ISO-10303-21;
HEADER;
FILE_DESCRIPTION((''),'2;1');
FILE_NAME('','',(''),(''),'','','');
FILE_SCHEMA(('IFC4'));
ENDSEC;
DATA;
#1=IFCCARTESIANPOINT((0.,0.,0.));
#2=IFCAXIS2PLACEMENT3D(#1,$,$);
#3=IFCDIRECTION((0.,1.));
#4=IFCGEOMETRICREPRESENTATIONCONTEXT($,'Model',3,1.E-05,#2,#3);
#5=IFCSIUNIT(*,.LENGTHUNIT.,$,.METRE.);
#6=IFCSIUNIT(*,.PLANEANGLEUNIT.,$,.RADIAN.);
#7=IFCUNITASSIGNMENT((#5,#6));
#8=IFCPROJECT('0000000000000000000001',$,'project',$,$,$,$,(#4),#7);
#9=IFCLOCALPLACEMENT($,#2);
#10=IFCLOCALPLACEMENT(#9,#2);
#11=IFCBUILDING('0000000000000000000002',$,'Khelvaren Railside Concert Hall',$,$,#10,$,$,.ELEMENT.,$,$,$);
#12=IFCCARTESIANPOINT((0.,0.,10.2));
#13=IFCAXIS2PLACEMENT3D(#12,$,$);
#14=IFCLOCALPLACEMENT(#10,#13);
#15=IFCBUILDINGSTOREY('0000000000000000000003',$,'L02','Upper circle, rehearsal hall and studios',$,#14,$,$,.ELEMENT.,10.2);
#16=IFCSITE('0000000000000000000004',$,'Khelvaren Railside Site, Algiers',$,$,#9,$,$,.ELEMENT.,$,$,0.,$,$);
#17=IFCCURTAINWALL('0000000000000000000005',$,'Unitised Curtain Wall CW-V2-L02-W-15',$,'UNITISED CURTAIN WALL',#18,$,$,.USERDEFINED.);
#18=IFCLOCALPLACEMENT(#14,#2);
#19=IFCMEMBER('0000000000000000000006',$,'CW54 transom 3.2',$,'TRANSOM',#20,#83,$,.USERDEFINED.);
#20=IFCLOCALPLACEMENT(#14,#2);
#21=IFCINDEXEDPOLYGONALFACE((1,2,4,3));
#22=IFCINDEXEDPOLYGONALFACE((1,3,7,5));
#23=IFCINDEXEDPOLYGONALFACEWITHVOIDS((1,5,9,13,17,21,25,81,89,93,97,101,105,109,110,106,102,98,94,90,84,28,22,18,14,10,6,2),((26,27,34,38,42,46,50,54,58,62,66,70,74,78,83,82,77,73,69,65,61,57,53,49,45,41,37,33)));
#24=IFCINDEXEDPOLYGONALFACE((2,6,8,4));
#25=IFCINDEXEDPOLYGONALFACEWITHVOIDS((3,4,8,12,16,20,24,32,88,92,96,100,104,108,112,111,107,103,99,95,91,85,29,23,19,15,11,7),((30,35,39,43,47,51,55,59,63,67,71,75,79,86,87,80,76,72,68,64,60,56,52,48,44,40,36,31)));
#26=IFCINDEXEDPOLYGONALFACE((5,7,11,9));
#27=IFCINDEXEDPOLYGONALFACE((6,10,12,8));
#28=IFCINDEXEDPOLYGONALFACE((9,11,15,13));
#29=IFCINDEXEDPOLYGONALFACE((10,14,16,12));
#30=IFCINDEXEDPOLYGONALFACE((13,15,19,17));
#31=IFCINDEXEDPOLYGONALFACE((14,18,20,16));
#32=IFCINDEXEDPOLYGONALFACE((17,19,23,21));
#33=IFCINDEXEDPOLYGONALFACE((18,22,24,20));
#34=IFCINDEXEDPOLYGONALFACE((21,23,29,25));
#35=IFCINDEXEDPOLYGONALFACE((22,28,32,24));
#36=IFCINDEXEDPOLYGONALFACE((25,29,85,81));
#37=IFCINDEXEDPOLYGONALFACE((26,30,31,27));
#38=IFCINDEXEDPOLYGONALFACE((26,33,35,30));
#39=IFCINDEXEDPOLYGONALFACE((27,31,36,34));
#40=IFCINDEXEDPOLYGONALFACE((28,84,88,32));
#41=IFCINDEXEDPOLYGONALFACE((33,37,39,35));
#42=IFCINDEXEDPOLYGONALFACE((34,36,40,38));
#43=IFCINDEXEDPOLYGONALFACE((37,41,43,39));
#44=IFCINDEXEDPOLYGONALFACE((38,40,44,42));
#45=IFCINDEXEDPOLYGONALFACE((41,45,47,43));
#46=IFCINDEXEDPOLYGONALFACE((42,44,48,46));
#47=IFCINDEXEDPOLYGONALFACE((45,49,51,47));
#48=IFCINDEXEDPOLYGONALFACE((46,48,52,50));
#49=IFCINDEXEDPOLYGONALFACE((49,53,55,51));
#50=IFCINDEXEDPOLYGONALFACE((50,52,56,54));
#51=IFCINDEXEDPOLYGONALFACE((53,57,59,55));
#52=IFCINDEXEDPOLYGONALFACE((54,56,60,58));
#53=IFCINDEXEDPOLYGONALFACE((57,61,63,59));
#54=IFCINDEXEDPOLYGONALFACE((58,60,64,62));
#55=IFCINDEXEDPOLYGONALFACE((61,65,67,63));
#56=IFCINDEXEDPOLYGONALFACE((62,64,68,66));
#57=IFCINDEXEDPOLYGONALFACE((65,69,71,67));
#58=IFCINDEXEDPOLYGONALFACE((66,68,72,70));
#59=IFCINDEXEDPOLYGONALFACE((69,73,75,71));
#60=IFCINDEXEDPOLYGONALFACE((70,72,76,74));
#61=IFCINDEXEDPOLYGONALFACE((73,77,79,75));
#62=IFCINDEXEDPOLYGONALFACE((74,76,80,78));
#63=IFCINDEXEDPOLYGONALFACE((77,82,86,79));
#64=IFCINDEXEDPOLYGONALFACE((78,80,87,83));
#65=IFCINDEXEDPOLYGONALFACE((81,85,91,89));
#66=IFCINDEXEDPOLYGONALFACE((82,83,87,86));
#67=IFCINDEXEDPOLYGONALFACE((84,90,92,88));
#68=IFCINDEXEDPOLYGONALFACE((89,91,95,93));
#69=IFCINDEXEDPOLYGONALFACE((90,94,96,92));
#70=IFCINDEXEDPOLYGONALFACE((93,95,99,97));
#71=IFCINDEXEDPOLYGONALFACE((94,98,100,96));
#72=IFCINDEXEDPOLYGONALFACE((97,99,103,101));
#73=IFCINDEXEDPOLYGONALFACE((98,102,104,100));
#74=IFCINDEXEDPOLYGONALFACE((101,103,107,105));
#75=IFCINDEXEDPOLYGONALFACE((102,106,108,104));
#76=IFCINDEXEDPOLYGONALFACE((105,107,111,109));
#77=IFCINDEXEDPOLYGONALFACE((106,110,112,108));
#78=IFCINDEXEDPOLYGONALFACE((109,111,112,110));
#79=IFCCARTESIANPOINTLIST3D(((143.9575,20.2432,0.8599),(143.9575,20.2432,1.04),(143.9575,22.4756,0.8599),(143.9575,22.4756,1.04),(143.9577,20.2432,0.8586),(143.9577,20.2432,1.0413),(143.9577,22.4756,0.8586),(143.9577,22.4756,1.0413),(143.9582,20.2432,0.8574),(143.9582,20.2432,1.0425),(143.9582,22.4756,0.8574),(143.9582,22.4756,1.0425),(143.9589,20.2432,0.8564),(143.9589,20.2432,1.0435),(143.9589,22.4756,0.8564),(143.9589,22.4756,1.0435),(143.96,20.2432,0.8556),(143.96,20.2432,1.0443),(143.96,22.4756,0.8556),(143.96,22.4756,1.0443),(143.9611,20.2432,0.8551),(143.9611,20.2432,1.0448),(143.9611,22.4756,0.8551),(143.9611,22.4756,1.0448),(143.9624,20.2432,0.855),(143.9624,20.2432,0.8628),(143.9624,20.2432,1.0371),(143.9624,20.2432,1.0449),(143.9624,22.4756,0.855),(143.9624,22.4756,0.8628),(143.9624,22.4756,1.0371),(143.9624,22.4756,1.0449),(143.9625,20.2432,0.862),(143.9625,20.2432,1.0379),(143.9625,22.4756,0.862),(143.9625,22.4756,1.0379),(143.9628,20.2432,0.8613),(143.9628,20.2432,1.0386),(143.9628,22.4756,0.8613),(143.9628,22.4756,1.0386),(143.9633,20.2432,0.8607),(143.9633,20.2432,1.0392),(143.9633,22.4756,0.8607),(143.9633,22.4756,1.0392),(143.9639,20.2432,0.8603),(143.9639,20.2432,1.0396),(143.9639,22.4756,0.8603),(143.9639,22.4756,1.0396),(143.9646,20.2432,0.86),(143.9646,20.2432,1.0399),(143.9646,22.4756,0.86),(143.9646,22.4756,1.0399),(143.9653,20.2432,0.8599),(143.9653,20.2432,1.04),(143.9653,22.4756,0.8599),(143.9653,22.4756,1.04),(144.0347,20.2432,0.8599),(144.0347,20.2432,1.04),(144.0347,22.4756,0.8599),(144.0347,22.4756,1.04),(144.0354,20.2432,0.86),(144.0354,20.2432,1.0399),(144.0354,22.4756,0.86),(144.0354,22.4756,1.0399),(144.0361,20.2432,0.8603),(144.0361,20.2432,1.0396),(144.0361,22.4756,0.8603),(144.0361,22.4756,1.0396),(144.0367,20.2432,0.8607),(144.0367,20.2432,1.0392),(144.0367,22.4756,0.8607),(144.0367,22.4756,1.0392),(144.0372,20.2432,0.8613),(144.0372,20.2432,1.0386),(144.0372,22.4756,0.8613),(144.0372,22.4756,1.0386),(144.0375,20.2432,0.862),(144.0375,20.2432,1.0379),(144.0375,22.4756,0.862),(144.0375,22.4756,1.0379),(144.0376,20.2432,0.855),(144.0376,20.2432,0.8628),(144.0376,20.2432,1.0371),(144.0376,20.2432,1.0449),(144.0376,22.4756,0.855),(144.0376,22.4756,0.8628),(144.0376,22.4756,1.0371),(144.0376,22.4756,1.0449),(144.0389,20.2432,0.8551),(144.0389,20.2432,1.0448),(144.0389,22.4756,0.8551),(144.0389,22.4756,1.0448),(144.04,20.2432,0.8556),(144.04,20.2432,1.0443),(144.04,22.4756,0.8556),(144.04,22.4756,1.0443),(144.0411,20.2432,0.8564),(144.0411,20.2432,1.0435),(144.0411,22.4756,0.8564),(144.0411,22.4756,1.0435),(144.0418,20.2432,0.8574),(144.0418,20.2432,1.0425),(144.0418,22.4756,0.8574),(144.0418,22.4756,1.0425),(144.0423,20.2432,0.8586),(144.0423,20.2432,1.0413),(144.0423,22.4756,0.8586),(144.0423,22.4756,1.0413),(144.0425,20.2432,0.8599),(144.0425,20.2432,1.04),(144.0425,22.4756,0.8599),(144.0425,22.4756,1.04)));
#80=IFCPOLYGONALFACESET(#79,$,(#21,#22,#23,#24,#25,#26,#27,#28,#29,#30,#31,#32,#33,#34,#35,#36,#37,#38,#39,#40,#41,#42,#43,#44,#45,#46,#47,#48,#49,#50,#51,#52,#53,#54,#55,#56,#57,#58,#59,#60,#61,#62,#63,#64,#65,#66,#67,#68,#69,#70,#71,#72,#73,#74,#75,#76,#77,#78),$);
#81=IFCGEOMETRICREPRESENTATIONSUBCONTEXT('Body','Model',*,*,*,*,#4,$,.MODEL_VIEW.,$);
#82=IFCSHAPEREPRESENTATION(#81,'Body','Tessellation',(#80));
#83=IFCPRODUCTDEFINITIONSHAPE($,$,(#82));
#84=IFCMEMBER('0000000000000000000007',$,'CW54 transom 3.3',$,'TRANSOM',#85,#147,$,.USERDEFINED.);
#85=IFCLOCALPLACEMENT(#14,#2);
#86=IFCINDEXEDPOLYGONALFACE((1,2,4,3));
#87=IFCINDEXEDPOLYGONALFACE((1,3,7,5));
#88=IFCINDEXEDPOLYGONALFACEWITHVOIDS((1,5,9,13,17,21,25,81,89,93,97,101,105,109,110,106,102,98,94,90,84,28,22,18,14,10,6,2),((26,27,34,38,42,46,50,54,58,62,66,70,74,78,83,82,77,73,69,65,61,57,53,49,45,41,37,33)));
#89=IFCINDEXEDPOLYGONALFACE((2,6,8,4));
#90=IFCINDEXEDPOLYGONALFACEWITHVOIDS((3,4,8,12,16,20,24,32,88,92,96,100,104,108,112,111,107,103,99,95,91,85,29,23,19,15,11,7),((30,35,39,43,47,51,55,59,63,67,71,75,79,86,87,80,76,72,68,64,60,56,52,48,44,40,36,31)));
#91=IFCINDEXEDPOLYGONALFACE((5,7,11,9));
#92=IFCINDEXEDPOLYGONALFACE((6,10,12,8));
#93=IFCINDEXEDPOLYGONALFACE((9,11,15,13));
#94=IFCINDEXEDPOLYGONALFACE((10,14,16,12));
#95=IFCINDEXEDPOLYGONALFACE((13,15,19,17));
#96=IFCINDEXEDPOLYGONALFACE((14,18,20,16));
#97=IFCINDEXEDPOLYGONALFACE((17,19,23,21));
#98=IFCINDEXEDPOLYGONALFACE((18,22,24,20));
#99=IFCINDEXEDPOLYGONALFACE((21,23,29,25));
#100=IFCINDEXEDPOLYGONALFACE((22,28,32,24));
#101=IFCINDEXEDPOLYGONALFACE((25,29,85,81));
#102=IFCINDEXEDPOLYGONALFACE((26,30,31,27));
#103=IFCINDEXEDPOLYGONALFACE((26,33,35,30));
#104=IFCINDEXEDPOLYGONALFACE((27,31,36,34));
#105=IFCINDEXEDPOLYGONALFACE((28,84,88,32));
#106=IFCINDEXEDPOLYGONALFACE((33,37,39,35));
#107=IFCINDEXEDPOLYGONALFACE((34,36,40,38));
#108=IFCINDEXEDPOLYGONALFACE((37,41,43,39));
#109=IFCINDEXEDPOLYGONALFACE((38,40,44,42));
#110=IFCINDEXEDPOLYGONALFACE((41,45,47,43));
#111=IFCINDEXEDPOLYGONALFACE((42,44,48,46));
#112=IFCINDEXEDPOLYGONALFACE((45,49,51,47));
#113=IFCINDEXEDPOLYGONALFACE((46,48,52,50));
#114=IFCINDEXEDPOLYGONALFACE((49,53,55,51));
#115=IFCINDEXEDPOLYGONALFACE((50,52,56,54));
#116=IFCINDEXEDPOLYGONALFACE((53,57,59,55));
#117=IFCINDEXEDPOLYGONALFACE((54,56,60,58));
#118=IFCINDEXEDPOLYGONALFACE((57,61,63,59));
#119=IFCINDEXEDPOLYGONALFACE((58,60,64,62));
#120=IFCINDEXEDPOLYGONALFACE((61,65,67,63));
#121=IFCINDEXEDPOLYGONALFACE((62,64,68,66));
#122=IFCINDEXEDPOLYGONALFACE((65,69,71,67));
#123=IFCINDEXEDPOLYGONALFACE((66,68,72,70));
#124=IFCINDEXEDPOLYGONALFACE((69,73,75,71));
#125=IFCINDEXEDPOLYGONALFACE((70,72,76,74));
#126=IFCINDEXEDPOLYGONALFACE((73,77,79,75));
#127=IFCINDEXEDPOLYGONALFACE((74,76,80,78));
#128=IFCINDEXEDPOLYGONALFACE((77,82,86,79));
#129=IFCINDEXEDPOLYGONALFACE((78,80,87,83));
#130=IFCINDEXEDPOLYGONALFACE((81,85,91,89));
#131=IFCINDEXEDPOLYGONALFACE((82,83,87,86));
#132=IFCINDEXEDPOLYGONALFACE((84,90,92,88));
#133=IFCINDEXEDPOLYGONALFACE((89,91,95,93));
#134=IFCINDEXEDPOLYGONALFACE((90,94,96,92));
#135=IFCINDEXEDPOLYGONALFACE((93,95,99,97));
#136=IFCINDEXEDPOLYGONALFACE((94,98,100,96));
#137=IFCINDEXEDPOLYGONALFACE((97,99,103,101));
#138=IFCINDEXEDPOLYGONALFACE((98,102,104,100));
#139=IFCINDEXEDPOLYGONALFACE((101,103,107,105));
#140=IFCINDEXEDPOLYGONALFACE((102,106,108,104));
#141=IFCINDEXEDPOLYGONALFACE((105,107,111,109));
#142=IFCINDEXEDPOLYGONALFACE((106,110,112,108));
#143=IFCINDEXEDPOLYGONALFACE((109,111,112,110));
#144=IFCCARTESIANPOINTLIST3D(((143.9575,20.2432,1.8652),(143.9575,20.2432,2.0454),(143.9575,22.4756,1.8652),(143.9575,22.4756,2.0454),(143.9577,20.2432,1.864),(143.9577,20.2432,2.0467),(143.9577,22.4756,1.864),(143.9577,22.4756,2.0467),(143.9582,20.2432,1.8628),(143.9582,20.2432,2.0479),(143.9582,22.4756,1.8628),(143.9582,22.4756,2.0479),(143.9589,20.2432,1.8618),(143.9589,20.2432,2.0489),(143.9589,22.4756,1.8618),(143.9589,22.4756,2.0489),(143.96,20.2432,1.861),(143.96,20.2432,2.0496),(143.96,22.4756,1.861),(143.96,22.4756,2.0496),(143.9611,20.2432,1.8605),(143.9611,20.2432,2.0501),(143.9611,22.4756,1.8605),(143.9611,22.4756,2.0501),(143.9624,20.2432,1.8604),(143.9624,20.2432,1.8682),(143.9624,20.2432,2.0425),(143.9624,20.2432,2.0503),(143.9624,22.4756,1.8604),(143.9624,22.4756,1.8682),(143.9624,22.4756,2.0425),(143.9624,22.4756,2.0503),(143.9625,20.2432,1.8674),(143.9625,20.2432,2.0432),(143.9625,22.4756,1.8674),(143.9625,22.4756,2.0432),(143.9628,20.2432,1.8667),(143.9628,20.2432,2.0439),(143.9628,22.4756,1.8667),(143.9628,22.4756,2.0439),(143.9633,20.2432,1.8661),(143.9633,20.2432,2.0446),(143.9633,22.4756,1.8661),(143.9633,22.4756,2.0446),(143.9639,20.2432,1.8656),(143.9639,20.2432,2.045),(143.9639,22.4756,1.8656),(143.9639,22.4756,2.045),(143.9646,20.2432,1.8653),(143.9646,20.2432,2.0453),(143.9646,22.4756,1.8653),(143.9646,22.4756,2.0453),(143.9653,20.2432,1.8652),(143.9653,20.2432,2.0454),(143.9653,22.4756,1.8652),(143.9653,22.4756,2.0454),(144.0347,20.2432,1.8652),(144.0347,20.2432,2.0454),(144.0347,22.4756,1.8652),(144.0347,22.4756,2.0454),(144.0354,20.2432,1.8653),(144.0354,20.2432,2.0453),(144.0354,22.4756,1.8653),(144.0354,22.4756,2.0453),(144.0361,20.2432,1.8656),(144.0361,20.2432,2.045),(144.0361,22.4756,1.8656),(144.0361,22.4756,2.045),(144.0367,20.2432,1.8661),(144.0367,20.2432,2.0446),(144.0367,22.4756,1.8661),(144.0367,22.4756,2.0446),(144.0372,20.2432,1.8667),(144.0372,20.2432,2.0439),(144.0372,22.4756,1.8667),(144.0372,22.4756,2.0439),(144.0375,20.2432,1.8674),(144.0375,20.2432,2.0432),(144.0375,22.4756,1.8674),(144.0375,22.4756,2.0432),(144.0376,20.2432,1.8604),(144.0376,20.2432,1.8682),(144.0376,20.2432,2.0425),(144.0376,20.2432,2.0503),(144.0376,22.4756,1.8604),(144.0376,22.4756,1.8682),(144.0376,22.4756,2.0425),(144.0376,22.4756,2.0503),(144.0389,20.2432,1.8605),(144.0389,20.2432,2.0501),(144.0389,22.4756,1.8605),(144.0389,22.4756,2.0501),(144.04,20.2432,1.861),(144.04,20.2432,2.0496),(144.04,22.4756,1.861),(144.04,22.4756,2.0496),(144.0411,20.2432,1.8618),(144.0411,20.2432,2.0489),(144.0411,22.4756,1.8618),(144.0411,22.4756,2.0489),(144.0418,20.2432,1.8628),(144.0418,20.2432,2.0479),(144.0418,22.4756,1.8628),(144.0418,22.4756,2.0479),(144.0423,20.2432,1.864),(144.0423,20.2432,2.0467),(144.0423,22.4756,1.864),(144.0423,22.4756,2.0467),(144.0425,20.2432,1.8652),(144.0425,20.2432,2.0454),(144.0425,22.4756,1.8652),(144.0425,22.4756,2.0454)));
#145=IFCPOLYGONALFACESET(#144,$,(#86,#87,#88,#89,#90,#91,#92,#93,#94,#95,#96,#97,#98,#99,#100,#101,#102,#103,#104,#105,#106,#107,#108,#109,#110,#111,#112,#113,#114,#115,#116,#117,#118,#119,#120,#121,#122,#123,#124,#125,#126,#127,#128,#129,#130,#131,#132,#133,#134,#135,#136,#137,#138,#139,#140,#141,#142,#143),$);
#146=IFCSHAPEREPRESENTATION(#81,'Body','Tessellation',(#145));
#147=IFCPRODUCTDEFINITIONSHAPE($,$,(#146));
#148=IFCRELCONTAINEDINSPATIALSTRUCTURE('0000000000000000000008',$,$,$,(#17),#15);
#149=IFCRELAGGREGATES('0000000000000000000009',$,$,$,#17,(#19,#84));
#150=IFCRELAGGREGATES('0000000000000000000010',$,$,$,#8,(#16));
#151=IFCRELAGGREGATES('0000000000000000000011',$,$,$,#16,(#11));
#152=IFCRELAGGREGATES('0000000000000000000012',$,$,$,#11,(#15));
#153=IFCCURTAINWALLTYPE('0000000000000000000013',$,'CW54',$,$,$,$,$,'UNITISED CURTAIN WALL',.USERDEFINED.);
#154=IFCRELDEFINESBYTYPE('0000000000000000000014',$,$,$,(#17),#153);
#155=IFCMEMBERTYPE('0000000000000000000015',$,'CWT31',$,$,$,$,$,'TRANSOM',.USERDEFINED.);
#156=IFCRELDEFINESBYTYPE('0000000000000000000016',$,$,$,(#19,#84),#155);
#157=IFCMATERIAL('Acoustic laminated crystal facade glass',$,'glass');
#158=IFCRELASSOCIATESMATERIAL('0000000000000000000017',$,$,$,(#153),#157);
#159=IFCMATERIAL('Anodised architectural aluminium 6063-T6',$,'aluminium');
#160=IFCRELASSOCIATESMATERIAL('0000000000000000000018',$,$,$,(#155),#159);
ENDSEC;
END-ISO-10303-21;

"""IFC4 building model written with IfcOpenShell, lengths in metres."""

from ifc_helpers import new_model, si_unit, direction, frame, origin, origin_2d, place, context, subcontext, project, spatial, hollow_rectangle, extrude, material, material_profile, profile_set, type_object, element, aggregate, save


model = new_model("IFC4")

# Units and contexts
model_context = context("Model", 3, precision=1e-05, world=origin(), true_north=direction((0.0, 1.0)))
body_context = subcontext(model_context, "Body", "Model", "MODEL_VIEW")
ifc_project = project(units=[si_unit("LENGTHUNIT", "METRE"), si_unit("PLANEANGLEUNIT", "RADIAN")], contexts=[model_context])

# Site, building, storey
site_placement = place(None, origin())
site = spatial("IfcSite", under=ifc_project, at=site_placement, Name="Khelvaren Railside Site, Algiers", CompositionType="ELEMENT", RefElevation=0.0)
building_placement = place(site_placement, origin())
building = spatial("IfcBuilding", under=site, at=building_placement, Name="Khelvaren Railside Concert Hall", CompositionType="ELEMENT")
storey_placement = place(building_placement, frame((0.0, 0.0, 10.2)))
storey = spatial("IfcBuildingStorey", under=building, at=storey_placement, Name="L02", Description="Upper circle, rehearsal hall and studios", CompositionType="ELEMENT", Elevation=10.2)

# Curtain wall
ifc_material_1 = material(Name="Acoustic laminated crystal facade glass", Category="glass")
curtain_wall_type_1 = type_object("IfcCurtainWallType", Name="CW54", ElementType="UNITISED CURTAIN WALL", PredefinedType="USERDEFINED", material=ifc_material_1)
curtain_wall_1_placement = place(storey_placement, origin())
curtain_wall_1 = element("IfcCurtainWall", 1, at=curtain_wall_1_placement, inside=storey, type_object=curtain_wall_type_1, Name="Unitised Curtain Wall CW-V2-L02-W-15", ObjectType="UNITISED CURTAIN WALL", PredefinedType="USERDEFINED")
ifc_material_2 = material(Name="Anodised architectural aluminium 6063-T6", Category="aluminium")

# Members
ifc_material_profile_1 = material_profile(ifc_material_2, hollow_rectangle(XDim=0.085, YDim=0.1899, WallThickness=0.0049, InnerFilletRadius=0.0029, OuterFilletRadius=0.0049, at=origin_2d()), Name="CWT 85x190x5")
ifc_profile_set_1 = profile_set([ifc_material_profile_1], Name="Anodised architectural aluminium 6063-T6")
member_type_1 = type_object("IfcMemberType", Name="CWT31", ElementType="TRANSOM", PredefinedType="USERDEFINED", material=ifc_profile_set_1)
member_1_placement = place(storey_placement, frame((144.0, 20.2432, 0.95), z_axis=(0.0, 1.0, 0.0), x_axis=(-1.0, 0.0, 0.0)))
member_1 = element("IfcMember", 2, at=member_1_placement, type_object=member_type_1, Name="CW54 transom 3.2", ObjectType="TRANSOM", PredefinedType="USERDEFINED", context=body_context, shape_type="SweptSolid", body=[
    extrude(hollow_rectangle(XDim=0.085, YDim=0.1899, WallThickness=0.0049, InnerFilletRadius=0.0029, OuterFilletRadius=0.0049, at=origin_2d()), origin(), (0.0, 0.0, 1.0), 2.2324),
])
member_2_placement = place(storey_placement, frame((144.0, 20.2432, 1.9553), z_axis=(0.0, 1.0, 0.0), x_axis=(-1.0, 0.0, 0.0)))
member_2 = element("IfcMember", 3, at=member_2_placement, type_object=member_type_1, Name="CW54 transom 3.3", ObjectType="TRANSOM", PredefinedType="USERDEFINED", context=body_context, shape_type="SweptSolid", body=[
    extrude(hollow_rectangle(XDim=0.085, YDim=0.1899, WallThickness=0.0049, InnerFilletRadius=0.0029, OuterFilletRadius=0.0049, at=origin_2d()), origin(), (0.0, 0.0, 1.0), 2.2324),
])

aggregate(curtain_wall_1, [member_1, member_2])

save(model, "model.ifc")
